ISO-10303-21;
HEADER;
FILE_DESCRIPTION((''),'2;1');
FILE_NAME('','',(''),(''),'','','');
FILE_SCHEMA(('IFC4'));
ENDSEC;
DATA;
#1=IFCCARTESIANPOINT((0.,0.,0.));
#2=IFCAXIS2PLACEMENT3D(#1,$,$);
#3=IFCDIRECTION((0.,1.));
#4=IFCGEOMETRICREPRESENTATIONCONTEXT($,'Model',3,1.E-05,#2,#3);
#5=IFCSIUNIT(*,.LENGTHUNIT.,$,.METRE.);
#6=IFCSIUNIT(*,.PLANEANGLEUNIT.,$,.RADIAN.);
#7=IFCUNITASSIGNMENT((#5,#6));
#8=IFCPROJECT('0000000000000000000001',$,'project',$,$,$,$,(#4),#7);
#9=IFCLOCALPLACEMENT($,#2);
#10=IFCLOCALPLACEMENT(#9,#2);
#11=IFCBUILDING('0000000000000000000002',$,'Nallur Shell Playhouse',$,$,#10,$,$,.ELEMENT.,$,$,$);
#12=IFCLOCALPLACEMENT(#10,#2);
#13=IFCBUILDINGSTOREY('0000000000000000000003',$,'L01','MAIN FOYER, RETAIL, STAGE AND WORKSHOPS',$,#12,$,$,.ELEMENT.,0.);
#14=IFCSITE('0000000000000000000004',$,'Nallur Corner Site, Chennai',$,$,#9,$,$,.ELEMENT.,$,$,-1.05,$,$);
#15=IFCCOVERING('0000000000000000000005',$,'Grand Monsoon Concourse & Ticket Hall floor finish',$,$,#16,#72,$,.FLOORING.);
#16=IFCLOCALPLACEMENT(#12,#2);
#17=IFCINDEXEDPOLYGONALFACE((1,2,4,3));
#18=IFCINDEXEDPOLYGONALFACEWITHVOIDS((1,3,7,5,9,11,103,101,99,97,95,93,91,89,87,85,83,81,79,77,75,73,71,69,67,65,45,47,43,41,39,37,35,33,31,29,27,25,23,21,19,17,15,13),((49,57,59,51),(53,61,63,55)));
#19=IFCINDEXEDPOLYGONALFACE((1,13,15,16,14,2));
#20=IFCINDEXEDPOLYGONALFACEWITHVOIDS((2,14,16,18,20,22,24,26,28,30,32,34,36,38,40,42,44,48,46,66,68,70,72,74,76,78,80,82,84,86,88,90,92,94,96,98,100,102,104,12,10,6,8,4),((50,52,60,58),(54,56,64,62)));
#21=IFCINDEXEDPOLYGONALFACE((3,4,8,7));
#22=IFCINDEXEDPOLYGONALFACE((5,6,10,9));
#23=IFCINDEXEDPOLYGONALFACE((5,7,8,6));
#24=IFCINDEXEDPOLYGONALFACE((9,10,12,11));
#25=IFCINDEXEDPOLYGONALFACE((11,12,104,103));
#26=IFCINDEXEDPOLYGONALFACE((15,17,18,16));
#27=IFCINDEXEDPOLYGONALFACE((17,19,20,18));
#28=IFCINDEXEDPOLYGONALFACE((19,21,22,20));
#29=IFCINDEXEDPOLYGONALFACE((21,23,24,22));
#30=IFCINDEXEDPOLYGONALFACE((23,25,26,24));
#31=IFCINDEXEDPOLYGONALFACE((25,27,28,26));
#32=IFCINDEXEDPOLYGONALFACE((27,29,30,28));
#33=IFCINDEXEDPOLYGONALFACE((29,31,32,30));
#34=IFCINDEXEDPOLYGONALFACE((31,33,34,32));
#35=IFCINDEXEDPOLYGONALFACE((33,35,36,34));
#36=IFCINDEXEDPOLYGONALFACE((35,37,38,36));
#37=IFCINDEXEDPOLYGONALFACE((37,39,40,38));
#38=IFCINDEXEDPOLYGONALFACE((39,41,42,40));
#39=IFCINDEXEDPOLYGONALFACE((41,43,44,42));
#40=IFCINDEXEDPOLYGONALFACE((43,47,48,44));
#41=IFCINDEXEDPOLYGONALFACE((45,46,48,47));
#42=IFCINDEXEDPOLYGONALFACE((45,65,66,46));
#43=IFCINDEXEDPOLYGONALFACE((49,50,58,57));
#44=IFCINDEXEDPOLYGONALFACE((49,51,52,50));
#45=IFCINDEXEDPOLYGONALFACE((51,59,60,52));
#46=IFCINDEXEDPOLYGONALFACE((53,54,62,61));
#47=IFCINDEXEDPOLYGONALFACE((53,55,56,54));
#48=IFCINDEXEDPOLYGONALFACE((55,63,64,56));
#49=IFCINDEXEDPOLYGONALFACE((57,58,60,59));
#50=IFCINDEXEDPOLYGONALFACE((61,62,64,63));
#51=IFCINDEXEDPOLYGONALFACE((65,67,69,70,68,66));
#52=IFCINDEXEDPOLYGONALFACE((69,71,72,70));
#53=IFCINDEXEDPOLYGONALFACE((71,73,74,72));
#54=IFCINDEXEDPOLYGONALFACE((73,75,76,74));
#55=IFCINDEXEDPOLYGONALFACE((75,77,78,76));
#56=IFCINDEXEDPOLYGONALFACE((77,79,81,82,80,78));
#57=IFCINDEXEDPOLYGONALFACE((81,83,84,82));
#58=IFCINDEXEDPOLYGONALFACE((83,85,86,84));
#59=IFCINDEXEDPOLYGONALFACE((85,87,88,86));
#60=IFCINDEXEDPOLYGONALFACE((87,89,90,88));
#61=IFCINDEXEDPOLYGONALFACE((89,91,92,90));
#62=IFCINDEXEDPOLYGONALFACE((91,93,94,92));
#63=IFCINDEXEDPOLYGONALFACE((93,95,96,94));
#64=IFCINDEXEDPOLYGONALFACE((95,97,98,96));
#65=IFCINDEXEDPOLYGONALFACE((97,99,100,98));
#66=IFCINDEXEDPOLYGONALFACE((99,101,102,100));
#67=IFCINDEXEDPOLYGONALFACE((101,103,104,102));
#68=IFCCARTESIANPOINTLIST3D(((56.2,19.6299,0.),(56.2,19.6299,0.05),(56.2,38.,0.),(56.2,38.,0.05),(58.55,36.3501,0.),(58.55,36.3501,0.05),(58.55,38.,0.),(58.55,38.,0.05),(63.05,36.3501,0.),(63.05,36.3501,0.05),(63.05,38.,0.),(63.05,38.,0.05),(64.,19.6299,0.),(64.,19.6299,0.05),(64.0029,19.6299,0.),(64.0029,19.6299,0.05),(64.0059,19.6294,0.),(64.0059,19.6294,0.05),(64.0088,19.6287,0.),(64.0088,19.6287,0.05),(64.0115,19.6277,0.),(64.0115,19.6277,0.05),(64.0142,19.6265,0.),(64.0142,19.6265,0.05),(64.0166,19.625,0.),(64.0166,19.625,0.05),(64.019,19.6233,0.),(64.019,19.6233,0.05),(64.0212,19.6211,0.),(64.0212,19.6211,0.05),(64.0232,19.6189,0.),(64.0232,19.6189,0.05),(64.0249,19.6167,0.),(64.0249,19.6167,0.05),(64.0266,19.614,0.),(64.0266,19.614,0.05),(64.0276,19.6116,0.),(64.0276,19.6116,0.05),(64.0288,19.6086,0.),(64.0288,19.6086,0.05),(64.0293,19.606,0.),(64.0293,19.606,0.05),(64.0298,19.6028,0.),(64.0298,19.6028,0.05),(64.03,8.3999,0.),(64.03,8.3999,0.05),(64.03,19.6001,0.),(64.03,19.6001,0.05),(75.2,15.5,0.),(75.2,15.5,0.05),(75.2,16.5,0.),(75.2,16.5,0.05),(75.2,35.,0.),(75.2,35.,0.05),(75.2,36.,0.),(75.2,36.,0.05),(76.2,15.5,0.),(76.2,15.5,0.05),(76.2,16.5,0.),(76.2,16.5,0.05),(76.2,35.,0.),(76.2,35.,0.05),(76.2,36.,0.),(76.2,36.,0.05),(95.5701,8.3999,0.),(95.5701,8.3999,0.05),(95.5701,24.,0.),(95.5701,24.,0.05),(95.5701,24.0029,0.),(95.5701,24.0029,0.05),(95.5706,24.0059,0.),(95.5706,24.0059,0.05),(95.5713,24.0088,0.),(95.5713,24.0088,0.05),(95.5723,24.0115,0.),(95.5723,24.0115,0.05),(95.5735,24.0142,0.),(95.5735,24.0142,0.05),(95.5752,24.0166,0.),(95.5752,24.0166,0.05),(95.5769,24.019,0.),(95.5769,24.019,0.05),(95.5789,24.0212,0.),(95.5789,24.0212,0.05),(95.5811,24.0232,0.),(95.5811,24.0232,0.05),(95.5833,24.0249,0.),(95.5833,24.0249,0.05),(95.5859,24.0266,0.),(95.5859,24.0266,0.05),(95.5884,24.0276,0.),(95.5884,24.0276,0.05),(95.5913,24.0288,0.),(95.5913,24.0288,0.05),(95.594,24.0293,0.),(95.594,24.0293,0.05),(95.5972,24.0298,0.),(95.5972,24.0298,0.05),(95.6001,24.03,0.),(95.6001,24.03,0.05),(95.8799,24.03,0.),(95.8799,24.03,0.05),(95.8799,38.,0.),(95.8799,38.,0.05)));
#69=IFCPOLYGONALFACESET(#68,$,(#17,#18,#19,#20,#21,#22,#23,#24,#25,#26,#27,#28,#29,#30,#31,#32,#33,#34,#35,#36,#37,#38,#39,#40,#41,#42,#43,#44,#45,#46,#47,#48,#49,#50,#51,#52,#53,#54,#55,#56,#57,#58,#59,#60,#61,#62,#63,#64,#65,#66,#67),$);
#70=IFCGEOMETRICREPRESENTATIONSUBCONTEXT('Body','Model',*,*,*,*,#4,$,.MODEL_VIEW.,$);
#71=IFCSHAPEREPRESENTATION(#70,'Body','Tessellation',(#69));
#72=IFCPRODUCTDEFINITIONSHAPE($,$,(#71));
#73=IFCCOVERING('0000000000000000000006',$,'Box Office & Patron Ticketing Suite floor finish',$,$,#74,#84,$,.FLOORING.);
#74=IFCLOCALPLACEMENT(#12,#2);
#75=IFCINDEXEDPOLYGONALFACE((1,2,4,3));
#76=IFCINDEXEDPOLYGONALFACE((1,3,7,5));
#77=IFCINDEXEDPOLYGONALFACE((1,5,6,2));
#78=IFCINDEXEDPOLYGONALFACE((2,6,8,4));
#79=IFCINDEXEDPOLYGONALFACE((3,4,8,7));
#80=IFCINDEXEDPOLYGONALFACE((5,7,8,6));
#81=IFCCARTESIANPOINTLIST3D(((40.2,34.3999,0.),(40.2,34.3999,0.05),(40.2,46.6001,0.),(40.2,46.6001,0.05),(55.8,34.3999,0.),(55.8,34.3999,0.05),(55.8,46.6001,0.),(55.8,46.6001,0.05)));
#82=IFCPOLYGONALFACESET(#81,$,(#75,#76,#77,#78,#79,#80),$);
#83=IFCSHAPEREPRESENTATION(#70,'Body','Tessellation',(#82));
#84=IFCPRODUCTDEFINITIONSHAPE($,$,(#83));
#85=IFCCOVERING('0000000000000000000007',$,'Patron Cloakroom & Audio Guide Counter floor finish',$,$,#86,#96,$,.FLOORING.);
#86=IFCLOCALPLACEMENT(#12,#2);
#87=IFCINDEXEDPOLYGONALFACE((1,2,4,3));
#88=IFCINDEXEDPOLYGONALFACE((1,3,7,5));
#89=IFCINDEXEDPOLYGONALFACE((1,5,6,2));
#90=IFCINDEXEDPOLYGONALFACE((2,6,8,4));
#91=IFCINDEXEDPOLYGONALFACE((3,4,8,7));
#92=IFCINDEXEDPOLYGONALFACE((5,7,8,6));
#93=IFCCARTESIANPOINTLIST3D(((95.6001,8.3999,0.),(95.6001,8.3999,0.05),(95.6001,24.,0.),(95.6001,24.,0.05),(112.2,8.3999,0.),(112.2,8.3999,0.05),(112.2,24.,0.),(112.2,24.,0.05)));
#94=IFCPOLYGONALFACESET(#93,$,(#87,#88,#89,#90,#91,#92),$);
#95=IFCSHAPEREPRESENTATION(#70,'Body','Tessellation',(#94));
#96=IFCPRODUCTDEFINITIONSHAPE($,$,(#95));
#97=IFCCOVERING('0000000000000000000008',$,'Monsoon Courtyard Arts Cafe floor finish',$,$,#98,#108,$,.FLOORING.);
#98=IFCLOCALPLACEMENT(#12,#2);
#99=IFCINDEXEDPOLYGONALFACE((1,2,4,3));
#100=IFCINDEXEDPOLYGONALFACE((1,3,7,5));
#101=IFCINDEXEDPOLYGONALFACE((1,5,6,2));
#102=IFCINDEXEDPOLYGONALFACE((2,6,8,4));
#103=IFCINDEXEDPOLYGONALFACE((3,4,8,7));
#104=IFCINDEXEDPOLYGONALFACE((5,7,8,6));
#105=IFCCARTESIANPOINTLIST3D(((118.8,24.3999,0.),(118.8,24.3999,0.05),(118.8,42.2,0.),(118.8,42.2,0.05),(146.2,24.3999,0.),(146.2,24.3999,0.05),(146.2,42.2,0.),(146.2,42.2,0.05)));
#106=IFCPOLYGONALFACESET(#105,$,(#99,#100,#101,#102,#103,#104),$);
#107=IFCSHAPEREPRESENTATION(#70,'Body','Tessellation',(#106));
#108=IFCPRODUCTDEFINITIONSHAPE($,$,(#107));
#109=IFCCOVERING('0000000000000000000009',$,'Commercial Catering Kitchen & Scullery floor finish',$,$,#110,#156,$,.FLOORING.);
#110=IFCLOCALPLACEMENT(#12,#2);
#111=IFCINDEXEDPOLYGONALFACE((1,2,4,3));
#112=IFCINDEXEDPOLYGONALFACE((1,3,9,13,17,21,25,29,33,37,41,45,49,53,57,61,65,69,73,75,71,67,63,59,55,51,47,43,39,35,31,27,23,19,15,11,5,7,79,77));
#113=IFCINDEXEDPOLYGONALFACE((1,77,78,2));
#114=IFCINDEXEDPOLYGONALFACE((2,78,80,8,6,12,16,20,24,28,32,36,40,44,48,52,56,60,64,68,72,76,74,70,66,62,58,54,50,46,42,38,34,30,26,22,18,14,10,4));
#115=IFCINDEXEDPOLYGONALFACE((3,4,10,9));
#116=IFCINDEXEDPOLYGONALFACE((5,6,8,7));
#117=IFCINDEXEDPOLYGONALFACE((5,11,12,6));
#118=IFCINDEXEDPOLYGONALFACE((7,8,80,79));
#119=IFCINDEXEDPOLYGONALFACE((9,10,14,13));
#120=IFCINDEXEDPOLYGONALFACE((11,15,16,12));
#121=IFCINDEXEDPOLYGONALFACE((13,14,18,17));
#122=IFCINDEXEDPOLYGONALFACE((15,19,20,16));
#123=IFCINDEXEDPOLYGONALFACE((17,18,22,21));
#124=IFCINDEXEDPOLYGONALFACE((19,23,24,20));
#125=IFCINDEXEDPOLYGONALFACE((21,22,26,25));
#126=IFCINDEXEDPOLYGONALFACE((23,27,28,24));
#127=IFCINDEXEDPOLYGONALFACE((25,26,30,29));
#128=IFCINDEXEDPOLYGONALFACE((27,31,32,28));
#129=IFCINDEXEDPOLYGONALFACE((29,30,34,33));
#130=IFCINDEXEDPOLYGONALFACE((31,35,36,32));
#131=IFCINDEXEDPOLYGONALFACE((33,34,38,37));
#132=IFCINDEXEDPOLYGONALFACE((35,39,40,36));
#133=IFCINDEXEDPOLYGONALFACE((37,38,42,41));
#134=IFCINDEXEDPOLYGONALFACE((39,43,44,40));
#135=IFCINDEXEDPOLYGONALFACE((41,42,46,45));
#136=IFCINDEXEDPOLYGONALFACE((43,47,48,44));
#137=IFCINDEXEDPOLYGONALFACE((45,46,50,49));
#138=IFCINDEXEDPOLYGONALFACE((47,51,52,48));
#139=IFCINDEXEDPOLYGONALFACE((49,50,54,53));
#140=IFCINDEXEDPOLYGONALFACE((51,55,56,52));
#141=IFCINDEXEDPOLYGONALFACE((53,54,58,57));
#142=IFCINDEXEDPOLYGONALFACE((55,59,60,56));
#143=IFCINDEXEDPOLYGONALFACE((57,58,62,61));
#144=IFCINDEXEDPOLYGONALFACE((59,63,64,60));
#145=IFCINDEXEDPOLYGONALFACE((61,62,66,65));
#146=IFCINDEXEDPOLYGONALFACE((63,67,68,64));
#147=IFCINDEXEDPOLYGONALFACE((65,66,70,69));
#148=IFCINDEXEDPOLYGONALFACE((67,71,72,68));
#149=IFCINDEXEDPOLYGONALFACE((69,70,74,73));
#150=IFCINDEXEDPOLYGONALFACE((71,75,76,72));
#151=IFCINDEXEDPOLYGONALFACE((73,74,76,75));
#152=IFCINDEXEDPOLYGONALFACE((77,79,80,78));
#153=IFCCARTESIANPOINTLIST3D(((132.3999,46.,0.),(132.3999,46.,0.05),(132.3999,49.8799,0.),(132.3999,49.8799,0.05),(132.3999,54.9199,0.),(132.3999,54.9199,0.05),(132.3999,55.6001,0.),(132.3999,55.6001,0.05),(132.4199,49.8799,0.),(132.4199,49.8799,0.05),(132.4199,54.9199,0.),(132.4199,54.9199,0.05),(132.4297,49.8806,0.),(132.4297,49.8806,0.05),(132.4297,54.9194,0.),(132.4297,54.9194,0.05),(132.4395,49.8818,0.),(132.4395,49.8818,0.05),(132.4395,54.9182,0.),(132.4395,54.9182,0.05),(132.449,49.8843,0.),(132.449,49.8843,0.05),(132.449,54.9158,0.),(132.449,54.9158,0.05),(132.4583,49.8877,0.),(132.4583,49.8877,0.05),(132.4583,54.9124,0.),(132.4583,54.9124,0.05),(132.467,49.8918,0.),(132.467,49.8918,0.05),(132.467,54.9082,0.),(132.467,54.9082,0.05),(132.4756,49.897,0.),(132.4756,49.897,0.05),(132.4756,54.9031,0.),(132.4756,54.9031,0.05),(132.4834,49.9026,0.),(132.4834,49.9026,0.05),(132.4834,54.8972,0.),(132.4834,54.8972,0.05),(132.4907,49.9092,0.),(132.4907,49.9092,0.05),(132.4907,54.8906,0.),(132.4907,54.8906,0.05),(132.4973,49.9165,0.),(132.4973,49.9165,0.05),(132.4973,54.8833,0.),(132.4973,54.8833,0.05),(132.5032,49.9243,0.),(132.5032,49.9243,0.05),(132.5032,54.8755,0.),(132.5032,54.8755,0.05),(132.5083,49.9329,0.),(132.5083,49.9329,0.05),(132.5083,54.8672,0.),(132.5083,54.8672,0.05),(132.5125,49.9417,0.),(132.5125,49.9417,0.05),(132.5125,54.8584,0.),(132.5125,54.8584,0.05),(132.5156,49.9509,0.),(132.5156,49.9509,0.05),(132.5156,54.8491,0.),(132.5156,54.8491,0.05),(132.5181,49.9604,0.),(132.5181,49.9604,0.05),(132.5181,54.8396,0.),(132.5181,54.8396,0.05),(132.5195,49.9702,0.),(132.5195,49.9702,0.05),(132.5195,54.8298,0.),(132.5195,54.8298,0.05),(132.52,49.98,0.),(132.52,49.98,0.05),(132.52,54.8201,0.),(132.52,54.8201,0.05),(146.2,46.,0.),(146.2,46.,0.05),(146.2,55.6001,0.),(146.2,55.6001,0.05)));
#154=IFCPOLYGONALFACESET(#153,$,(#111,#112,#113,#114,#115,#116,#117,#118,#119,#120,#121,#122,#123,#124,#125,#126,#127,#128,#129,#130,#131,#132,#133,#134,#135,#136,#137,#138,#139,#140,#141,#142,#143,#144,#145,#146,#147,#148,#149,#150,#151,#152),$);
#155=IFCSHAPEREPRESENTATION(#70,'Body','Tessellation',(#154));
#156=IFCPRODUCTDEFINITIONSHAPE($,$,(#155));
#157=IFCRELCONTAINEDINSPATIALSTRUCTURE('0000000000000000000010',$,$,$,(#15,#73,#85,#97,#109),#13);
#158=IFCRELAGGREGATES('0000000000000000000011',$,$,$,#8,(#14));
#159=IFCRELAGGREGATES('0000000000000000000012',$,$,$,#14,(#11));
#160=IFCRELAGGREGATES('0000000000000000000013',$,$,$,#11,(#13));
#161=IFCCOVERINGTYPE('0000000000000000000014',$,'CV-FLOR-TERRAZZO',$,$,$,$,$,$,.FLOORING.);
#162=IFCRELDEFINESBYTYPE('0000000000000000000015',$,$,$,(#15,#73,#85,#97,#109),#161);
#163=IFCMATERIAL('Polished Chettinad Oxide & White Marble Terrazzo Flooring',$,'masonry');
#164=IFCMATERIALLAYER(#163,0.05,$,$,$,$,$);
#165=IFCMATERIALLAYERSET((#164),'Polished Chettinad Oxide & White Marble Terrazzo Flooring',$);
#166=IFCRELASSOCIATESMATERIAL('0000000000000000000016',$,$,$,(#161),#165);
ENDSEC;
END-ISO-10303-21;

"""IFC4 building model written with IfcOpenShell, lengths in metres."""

from ifc_helpers import new_model, si_unit, direction, origin, place, context, subcontext, project, spatial, polyline, outline, extrude, material, layer, layer_set, type_object, element, save


model = new_model("IFC4")

# Units and contexts
model_context = context("Model", 3, precision=1e-05, world=origin(), true_north=direction((0.0, 1.0)))
body_context = subcontext(model_context, "Body", "Model", "MODEL_VIEW")
ifc_project = project(units=[si_unit("LENGTHUNIT", "METRE"), si_unit("PLANEANGLEUNIT", "RADIAN")], contexts=[model_context])

# Site, building, storey
site_placement = place(None, origin())
site = spatial("IfcSite", under=ifc_project, at=site_placement, Name="Nallur Corner Site, Chennai", CompositionType="ELEMENT", RefElevation=-1.05)
building_placement = place(site_placement, origin())
building = spatial("IfcBuilding", under=site, at=building_placement, Name="Nallur Shell Playhouse", CompositionType="ELEMENT")
storey_placement = place(building_placement, origin())
storey = spatial("IfcBuildingStorey", under=building, at=storey_placement, Name="L01", Description="MAIN FOYER, RETAIL, STAGE AND WORKSHOPS", CompositionType="ELEMENT", Elevation=0.0)

# Coverings
ifc_material_1 = material(Name="Polished Chettinad Oxide & White Marble Terrazzo Flooring", Category="masonry")
ifc_layer_1 = layer(ifc_material_1, 0.05)
ifc_layer_set_1 = layer_set([ifc_layer_1], Name="Polished Chettinad Oxide & White Marble Terrazzo Flooring")
covering_type_1 = type_object("IfcCoveringType", Name="CV-FLOR-TERRAZZO", PredefinedType="FLOORING", material=ifc_layer_set_1)
covering_1_placement = place(storey_placement, origin())
element("IfcCovering", 1, at=covering_1_placement, inside=storey, type_object=covering_type_1, Name="Grand Monsoon Concourse & Ticket Hall floor finish", PredefinedType="FLOORING", context=body_context, shape_type="SweptSolid", body=[
    extrude(outline(polyline([(95.5913, 24.0288), (95.5884, 24.0276), (95.5859, 24.0266), (95.5833, 24.0249), (95.5811, 24.0232), (95.5789, 24.0212), (95.5769, 24.019), (95.5752, 24.0166), (95.5735, 24.0142), (95.5723, 24.0115), (95.5713, 24.0088), (95.5706, 24.0059), (95.5701, 24.0029), (95.5701, 24.0), (95.5701, 8.3999), (64.03, 8.3999), (64.03, 19.6001), (64.0298, 19.6028), (64.0293, 19.606), (64.0288, 19.6086), (64.0276, 19.6116), (64.0266, 19.614), (64.0249, 19.6167), (64.0232, 19.6189), (64.0212, 19.6211), (64.019, 19.6233), (64.0166, 19.625), (64.0142, 19.6265), (64.0115, 19.6277), (64.0088, 19.6287), (64.0059, 19.6294), (64.0029, 19.6299), (64.0, 19.6299), (56.2, 19.6299), (56.2, 38.0), (58.55, 38.0), (58.55, 36.3501), (63.05, 36.3501), (63.05, 38.0), (95.8799, 38.0), (95.8799, 24.03), (95.6001, 24.03), (95.5972, 24.0298), (95.594, 24.0293), (95.5913, 24.0288)]), holes=[polyline([(75.2, 16.5), (75.2, 15.5), (76.2, 15.5), (76.2, 16.5), (75.2, 16.5)]), polyline([(75.2, 36.0), (75.2, 35.0), (76.2, 35.0), (76.2, 36.0), (75.2, 36.0)])]), origin(), (0.0, 0.0, 1.0), 0.05),
])
covering_2_placement = place(storey_placement, origin())
element("IfcCovering", 2, at=covering_2_placement, inside=storey, type_object=covering_type_1, Name="Box Office & Patron Ticketing Suite floor finish", PredefinedType="FLOORING", context=body_context, shape_type="SweptSolid", body=[
    extrude(outline(polyline([(55.8, 46.6001), (55.8, 34.3999), (40.2, 34.3999), (40.2, 46.6001), (55.8, 46.6001)])), origin(), (0.0, 0.0, 1.0), 0.05),
])
covering_3_placement = place(storey_placement, origin())
element("IfcCovering", 3, at=covering_3_placement, inside=storey, type_object=covering_type_1, Name="Patron Cloakroom & Audio Guide Counter floor finish", PredefinedType="FLOORING", context=body_context, shape_type="SweptSolid", body=[
    extrude(outline(polyline([(112.2, 24.0), (112.2, 8.3999), (95.6001, 8.3999), (95.6001, 24.0), (112.2, 24.0)])), origin(), (0.0, 0.0, 1.0), 0.05),
])
covering_4_placement = place(storey_placement, origin())
element("IfcCovering", 4, at=covering_4_placement, inside=storey, type_object=covering_type_1, Name="Monsoon Courtyard Arts Cafe floor finish", PredefinedType="FLOORING", context=body_context, shape_type="SweptSolid", body=[
    extrude(outline(polyline([(146.2, 42.2), (146.2, 24.3999), (118.8, 24.3999), (118.8, 42.2), (146.2, 42.2)])), origin(), (0.0, 0.0, 1.0), 0.05),
])
covering_5_placement = place(storey_placement, origin())
element("IfcCovering", 5, at=covering_5_placement, inside=storey, type_object=covering_type_1, Name="Commercial Catering Kitchen & Scullery floor finish", PredefinedType="FLOORING", context=body_context, shape_type="SweptSolid", body=[
    extrude(outline(polyline([(132.4907, 49.9092), (132.4973, 49.9165), (132.5032, 49.9243), (132.5083, 49.9329), (132.5125, 49.9417), (132.5156, 49.9509), (132.5181, 49.9604), (132.5195, 49.9702), (132.52, 49.98), (132.52, 54.8201), (132.5195, 54.8298), (132.5181, 54.8396), (132.5156, 54.8491), (132.5125, 54.8584), (132.5083, 54.8672), (132.5032, 54.8755), (132.4973, 54.8833), (132.4907, 54.8906), (132.4834, 54.8972), (132.4756, 54.9031), (132.467, 54.9082), (132.4583, 54.9124), (132.449, 54.9158), (132.4395, 54.9182), (132.4297, 54.9194), (132.4199, 54.9199), (132.3999, 54.9199), (132.3999, 55.6001), (146.2, 55.6001), (146.2, 46.0), (132.3999, 46.0), (132.3999, 49.8799), (132.4199, 49.8799), (132.4297, 49.8806), (132.4395, 49.8818), (132.449, 49.8843), (132.4583, 49.8877), (132.467, 49.8918), (132.4756, 49.897), (132.4834, 49.9026), (132.4907, 49.9092)])), origin(), (0.0, 0.0, 1.0), 0.05),
])

save(model, "model.ifc")
